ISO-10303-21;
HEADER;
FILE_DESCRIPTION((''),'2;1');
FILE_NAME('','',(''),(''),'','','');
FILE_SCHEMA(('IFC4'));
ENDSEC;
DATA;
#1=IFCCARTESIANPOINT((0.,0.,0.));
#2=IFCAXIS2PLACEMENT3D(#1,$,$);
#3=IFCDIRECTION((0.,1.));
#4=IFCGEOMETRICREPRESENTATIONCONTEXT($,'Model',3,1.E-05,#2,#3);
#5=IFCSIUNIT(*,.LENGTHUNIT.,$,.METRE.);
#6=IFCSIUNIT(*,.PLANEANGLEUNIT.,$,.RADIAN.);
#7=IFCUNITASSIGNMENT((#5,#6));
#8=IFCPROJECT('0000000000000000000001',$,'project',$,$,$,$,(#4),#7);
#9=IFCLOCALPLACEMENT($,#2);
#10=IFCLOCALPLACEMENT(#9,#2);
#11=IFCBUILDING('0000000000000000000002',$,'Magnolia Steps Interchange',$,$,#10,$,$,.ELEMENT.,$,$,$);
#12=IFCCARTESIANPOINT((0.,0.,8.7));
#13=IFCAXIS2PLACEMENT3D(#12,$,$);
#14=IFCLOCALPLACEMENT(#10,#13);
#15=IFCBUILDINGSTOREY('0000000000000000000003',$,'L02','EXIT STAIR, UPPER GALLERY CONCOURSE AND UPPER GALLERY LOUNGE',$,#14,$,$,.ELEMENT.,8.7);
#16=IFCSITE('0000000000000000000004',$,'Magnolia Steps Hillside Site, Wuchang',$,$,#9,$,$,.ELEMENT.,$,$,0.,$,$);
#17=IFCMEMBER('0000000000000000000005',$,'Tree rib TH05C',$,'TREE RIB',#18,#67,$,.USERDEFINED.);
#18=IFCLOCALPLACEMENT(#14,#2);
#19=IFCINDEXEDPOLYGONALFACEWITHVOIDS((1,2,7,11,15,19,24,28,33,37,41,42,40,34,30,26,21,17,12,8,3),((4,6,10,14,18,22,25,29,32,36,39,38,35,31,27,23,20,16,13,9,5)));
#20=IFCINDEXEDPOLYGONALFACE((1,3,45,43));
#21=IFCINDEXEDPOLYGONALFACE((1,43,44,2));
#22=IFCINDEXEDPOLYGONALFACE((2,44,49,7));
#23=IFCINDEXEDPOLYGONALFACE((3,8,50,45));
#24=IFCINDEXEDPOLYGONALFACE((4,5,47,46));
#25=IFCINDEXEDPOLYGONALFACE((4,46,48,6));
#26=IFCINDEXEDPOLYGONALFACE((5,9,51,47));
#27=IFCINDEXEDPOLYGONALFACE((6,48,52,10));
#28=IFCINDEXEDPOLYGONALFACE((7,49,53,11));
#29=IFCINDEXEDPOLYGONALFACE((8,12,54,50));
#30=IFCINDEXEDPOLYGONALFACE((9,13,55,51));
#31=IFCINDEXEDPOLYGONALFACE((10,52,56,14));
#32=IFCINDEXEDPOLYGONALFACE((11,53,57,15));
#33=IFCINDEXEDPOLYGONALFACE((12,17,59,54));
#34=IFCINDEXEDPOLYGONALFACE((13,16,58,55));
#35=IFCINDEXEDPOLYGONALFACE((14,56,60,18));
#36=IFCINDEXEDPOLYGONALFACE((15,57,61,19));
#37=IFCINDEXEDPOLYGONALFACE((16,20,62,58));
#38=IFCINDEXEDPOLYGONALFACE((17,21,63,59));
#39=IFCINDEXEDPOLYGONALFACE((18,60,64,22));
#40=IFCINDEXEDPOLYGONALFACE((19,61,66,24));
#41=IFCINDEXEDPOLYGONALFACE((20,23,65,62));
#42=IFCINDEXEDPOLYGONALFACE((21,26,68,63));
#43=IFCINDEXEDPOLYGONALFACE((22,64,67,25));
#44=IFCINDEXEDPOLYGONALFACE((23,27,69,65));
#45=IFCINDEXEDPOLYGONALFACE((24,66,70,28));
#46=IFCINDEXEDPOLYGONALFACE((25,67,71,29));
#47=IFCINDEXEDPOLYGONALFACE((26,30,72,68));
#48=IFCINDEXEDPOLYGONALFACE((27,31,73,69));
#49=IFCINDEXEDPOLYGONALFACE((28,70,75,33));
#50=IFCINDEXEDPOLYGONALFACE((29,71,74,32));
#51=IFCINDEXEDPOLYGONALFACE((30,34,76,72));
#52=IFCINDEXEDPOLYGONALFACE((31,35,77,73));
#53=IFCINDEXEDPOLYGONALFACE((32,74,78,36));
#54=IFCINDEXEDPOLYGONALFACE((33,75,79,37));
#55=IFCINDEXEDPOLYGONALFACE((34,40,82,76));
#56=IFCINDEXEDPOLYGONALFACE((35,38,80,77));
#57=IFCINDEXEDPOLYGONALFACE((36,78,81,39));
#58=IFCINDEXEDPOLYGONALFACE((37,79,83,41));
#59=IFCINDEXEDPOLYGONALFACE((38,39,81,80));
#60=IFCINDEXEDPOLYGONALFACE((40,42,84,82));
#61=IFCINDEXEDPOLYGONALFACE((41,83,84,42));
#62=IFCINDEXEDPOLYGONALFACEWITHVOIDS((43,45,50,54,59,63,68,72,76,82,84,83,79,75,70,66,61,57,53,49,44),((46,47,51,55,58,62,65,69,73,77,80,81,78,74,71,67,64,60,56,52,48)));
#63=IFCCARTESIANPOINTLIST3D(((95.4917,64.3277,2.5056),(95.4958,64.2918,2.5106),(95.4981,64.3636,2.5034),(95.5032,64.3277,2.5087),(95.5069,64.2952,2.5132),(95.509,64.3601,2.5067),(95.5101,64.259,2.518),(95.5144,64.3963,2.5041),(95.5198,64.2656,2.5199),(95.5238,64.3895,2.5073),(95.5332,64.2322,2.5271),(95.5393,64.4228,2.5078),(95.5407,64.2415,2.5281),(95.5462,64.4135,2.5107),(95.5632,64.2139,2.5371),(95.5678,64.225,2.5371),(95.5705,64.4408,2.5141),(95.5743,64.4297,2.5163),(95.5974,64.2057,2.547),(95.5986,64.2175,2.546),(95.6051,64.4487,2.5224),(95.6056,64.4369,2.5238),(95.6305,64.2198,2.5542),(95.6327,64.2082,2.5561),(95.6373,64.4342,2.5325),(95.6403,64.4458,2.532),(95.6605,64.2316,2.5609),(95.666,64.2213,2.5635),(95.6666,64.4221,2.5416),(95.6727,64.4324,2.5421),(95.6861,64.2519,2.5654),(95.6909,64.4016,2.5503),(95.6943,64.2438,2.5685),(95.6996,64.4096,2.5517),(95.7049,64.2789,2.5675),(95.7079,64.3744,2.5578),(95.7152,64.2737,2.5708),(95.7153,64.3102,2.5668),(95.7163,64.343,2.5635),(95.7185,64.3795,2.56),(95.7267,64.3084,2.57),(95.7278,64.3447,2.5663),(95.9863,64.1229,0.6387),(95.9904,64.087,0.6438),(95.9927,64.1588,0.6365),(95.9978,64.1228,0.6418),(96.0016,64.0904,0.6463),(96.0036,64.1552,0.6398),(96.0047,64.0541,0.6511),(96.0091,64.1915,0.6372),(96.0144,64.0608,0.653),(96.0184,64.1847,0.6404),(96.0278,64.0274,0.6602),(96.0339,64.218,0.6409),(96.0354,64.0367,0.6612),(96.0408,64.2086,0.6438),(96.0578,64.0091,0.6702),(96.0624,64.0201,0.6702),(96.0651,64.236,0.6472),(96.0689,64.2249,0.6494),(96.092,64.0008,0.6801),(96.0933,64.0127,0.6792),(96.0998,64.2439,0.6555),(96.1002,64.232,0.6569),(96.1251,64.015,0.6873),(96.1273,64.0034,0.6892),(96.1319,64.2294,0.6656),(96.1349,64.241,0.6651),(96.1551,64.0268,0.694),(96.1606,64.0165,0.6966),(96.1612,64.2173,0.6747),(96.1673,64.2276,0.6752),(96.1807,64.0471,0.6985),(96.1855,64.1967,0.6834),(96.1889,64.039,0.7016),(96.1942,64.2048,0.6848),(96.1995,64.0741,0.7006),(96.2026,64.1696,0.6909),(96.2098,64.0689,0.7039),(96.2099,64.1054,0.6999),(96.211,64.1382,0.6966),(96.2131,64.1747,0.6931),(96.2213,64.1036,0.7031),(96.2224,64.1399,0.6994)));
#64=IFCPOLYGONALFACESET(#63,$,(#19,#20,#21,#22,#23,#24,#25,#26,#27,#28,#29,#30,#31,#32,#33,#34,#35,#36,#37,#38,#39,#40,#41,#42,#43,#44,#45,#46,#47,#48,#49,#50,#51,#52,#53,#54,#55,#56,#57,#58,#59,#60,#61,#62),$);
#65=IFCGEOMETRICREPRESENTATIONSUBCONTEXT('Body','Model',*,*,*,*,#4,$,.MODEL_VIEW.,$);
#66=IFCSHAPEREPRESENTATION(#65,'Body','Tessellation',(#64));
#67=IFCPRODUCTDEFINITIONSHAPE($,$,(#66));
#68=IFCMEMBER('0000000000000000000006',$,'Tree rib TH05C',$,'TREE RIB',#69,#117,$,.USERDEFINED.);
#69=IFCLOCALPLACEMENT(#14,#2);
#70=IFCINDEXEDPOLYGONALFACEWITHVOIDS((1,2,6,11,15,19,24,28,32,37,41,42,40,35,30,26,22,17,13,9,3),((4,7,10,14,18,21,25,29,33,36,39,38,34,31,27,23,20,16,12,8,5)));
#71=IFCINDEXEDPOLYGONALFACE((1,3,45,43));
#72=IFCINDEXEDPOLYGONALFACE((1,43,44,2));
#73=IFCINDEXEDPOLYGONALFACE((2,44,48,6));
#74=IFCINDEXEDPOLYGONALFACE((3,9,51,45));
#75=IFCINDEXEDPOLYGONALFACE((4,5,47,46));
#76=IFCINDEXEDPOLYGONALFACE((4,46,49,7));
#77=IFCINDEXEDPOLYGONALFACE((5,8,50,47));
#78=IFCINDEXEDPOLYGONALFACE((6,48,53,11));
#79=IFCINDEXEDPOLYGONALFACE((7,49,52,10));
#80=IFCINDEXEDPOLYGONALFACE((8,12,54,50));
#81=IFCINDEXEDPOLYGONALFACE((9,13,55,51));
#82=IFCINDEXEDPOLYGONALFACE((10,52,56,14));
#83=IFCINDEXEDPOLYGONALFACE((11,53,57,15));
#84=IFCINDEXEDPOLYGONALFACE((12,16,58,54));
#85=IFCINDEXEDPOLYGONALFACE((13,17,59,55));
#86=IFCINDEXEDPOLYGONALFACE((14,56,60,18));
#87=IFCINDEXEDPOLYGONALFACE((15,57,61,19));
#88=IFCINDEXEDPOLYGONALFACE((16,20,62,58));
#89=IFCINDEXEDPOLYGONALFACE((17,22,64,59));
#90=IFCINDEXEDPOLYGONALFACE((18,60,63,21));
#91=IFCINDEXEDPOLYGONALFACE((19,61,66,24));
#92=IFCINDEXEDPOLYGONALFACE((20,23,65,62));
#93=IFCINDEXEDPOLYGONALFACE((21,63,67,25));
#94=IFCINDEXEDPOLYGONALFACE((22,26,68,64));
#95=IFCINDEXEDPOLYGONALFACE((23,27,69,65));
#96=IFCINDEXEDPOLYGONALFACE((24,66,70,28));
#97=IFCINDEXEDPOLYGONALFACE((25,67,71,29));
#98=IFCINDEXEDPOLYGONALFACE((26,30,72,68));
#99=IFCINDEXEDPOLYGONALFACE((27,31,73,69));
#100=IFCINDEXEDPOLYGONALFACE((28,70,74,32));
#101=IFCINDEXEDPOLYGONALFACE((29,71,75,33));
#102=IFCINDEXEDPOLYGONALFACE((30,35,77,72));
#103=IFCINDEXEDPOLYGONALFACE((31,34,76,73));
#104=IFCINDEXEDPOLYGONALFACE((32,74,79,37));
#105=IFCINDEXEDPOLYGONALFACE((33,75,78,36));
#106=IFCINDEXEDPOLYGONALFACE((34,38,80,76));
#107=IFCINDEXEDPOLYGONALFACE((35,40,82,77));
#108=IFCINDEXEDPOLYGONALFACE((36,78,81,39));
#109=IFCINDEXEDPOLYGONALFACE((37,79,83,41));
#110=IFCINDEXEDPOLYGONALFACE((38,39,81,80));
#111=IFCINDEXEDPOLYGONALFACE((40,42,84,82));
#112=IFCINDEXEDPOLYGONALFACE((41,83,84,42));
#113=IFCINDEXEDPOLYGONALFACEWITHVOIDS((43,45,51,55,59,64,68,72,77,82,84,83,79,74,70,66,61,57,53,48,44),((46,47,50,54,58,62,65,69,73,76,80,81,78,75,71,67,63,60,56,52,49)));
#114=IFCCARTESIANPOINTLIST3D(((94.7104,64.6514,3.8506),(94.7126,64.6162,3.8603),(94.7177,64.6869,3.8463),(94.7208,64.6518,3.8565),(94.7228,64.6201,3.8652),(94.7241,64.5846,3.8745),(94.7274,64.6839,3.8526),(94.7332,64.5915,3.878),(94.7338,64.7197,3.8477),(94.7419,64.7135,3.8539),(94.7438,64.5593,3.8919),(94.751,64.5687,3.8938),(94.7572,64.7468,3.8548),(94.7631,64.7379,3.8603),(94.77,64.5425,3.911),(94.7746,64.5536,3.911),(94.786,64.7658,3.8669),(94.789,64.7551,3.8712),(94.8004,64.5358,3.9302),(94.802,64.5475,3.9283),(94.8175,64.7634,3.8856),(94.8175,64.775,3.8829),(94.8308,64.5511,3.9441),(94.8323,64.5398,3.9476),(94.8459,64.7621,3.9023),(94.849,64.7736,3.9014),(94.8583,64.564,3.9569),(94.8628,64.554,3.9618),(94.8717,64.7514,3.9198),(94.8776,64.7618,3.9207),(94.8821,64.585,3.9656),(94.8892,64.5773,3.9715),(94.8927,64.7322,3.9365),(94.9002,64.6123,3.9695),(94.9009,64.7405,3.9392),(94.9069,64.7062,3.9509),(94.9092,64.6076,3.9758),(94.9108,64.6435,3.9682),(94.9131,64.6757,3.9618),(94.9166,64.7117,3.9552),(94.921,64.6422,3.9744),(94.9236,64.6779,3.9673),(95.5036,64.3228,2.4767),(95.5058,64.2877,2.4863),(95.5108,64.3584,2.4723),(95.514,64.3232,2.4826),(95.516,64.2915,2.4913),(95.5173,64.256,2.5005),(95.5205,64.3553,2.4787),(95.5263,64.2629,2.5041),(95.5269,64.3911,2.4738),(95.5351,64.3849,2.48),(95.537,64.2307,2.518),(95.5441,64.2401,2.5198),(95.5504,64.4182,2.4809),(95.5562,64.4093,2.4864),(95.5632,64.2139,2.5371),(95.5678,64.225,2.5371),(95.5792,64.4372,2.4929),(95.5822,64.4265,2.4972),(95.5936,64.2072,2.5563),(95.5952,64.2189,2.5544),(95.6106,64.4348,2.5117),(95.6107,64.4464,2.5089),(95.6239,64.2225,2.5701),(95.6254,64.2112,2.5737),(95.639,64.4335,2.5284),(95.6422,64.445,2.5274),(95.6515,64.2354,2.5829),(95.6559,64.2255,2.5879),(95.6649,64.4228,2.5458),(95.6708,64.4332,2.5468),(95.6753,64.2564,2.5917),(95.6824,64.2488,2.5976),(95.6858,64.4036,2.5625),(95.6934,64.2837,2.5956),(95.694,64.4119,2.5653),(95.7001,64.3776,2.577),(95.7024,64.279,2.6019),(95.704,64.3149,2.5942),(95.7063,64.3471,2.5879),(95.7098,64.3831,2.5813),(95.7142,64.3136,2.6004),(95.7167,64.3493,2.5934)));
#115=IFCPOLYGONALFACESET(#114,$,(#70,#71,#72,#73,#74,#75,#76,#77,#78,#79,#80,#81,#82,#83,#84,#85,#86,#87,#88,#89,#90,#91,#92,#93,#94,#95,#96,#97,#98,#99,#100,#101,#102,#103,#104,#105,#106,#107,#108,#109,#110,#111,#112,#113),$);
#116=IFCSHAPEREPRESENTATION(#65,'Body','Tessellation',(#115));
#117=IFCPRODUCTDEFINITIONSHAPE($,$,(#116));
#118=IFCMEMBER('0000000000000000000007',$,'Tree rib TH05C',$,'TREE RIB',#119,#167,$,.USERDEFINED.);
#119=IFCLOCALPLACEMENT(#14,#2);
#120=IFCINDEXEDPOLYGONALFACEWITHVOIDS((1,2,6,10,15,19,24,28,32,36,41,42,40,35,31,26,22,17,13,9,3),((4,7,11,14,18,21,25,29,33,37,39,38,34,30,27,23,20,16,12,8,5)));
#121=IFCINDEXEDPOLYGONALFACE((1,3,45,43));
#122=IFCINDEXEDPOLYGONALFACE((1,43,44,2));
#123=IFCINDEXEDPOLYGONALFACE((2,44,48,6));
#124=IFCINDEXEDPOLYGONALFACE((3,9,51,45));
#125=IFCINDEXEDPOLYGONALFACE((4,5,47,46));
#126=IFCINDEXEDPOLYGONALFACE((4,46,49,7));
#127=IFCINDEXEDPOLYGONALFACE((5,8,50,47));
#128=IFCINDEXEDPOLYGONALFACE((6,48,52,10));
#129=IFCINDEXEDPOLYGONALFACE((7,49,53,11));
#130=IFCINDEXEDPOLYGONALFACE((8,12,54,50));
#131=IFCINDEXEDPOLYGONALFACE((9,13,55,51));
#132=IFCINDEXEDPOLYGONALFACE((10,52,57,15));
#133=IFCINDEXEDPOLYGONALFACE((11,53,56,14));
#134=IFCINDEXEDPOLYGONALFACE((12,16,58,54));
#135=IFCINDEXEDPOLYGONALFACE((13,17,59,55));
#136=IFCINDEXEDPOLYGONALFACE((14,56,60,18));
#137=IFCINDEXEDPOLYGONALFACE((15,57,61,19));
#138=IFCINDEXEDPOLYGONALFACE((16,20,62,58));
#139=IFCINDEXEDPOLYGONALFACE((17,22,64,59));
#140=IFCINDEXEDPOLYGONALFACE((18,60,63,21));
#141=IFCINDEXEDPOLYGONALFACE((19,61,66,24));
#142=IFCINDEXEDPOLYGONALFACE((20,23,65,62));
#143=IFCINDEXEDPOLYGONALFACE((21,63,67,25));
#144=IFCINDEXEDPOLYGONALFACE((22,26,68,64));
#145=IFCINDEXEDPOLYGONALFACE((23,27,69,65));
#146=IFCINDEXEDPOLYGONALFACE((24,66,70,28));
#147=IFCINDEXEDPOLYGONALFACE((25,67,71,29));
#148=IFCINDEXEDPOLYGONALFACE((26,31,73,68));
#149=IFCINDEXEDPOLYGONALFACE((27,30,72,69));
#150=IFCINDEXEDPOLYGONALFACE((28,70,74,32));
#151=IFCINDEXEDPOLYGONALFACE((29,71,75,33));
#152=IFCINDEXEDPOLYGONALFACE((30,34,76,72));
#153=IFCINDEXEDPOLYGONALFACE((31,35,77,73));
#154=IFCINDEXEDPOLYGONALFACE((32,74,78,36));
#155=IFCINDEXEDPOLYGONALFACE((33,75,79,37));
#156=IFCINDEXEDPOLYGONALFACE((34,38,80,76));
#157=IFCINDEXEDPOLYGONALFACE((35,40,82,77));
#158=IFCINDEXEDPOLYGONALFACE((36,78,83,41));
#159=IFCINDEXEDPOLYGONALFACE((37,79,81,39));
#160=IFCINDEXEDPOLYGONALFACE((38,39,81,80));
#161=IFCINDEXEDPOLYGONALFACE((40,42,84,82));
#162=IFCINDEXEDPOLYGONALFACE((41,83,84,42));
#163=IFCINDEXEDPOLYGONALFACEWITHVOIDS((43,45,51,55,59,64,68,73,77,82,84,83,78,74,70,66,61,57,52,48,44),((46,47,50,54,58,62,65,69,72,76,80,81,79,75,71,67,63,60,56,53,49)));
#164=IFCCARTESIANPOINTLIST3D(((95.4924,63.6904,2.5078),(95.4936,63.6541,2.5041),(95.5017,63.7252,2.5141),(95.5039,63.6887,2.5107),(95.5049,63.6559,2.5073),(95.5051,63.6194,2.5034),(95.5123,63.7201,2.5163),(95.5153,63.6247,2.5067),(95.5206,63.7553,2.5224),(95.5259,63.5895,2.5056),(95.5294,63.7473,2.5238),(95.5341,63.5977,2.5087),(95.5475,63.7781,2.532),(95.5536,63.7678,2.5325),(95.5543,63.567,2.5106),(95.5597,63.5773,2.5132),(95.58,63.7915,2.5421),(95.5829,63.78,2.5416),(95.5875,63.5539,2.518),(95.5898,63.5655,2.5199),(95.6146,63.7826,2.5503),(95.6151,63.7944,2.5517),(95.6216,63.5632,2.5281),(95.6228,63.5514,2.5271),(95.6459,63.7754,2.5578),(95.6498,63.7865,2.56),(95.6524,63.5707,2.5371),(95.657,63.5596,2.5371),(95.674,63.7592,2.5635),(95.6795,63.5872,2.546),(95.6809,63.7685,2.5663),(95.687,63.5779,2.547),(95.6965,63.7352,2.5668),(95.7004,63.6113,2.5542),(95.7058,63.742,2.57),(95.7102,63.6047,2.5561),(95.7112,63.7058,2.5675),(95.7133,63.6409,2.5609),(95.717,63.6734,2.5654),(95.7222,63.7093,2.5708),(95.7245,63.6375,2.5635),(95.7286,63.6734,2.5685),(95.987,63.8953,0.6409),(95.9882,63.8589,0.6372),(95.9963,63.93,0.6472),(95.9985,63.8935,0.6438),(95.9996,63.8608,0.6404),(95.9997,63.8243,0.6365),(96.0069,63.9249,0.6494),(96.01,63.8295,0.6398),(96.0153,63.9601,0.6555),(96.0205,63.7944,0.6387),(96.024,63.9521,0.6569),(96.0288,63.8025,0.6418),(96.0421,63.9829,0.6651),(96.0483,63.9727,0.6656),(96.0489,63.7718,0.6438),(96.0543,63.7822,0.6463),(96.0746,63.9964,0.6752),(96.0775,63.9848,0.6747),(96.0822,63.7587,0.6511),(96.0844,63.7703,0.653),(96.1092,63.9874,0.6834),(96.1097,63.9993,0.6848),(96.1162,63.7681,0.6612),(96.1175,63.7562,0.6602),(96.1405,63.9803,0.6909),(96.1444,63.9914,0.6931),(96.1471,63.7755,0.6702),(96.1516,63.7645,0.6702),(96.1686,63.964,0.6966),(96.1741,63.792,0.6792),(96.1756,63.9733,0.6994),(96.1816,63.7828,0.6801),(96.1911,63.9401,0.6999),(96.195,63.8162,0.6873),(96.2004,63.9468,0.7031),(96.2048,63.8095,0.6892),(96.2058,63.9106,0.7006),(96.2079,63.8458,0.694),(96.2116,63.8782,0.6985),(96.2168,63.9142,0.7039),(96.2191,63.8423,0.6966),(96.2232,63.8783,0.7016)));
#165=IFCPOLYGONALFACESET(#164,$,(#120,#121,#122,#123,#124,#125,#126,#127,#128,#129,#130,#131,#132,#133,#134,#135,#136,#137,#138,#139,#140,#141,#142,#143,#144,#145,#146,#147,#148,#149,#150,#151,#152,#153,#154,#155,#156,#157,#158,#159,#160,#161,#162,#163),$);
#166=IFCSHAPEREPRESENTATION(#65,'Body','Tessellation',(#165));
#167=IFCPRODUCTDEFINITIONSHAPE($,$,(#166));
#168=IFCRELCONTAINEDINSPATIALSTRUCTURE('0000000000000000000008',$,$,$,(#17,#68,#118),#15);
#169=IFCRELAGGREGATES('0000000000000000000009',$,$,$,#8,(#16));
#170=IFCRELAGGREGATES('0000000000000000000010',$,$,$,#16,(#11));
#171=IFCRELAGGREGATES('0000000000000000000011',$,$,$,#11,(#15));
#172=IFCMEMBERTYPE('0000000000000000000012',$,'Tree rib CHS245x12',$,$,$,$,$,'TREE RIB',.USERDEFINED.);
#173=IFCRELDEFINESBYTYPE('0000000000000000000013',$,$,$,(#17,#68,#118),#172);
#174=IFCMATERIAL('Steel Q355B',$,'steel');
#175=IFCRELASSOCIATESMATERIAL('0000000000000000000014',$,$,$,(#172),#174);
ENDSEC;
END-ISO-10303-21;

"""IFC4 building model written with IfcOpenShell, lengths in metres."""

from ifc_helpers import new_model, si_unit, direction, frame, origin, origin_2d, place, context, subcontext, project, spatial, hollow_circle, extrude, material, material_profile, profile_set, type_object, element, save


model = new_model("IFC4")

# Units and contexts
model_context = context("Model", 3, precision=1e-05, world=origin(), true_north=direction((0.0, 1.0)))
body_context = subcontext(model_context, "Body", "Model", "MODEL_VIEW")
ifc_project = project(units=[si_unit("LENGTHUNIT", "METRE"), si_unit("PLANEANGLEUNIT", "RADIAN")], contexts=[model_context])

# Site, building, storey
site_placement = place(None, origin())
site = spatial("IfcSite", under=ifc_project, at=site_placement, Name="Magnolia Steps Hillside Site, Wuchang", CompositionType="ELEMENT", RefElevation=0.0)
building_placement = place(site_placement, origin())
building = spatial("IfcBuilding", under=site, at=building_placement, Name="Magnolia Steps Interchange", CompositionType="ELEMENT")
storey_placement = place(building_placement, frame((0.0, 0.0, 8.7)))
storey = spatial("IfcBuildingStorey", under=building, at=storey_placement, Name="L02", Description="EXIT STAIR, UPPER GALLERY CONCOURSE AND UPPER GALLERY LOUNGE", CompositionType="ELEMENT", Elevation=8.7)

# Members
ifc_material_1 = material(Name="Steel Q355B", Category="steel")
ifc_material_profile_1 = material_profile(ifc_material_1, hollow_circle(Radius=0.1226, WallThickness=0.012, at=origin_2d()), Name="CHS245x12")
ifc_profile_set_1 = profile_set([ifc_material_profile_1], Name="Steel Q355B")
member_type_1 = type_object("IfcMemberType", Name="Tree rib CHS245x12", ElementType="TREE RIB", PredefinedType="USERDEFINED", material=ifc_profile_set_1)
member_1_placement = place(storey_placement, frame((96.1047, 64.1223, 0.6702), z_axis=(-0.254676, 0.105466, 0.961258), x_axis=(-0.382607, -0.923911, 0.0)))
element("IfcMember", 1, at=member_1_placement, inside=storey, type_object=member_type_1, Name="Tree rib TH05C", ObjectType="TREE RIB", PredefinedType="USERDEFINED", context=body_context, shape_type="SweptSolid", body=[
    extrude(hollow_circle(Radius=0.1226, WallThickness=0.012, at=origin_2d()), origin(), (0.0, 0.0, 1.0), 1.9421),
])
member_2_placement = place(storey_placement, frame((95.6101, 64.3271, 2.5371), z_axis=(-0.489571, 0.20282, 0.848047), x_axis=(-0.382737, -0.923857, 0.0)))
element("IfcMember", 2, at=member_2_placement, inside=storey, type_object=member_type_1, Name="Tree rib TH05C", ObjectType="TREE RIB", PredefinedType="USERDEFINED", context=body_context, shape_type="SweptSolid", body=[
    extrude(hollow_circle(Radius=0.1226, WallThickness=0.012, at=origin_2d()), origin(), (0.0, 0.0, 1.0), 1.6201),
])
member_3_placement = place(storey_placement, frame((96.1047, 63.8777, 0.6702), z_axis=(-0.254676, -0.105466, 0.961258), x_axis=(0.382607, -0.923911, 0.0)))
element("IfcMember", 3, at=member_3_placement, inside=storey, type_object=member_type_1, Name="Tree rib TH05C", ObjectType="TREE RIB", PredefinedType="USERDEFINED", context=body_context, shape_type="SweptSolid", body=[
    extrude(hollow_circle(Radius=0.1226, WallThickness=0.012, at=origin_2d()), origin(), (0.0, 0.0, 1.0), 1.9421),
])

save(model, "model.ifc")
